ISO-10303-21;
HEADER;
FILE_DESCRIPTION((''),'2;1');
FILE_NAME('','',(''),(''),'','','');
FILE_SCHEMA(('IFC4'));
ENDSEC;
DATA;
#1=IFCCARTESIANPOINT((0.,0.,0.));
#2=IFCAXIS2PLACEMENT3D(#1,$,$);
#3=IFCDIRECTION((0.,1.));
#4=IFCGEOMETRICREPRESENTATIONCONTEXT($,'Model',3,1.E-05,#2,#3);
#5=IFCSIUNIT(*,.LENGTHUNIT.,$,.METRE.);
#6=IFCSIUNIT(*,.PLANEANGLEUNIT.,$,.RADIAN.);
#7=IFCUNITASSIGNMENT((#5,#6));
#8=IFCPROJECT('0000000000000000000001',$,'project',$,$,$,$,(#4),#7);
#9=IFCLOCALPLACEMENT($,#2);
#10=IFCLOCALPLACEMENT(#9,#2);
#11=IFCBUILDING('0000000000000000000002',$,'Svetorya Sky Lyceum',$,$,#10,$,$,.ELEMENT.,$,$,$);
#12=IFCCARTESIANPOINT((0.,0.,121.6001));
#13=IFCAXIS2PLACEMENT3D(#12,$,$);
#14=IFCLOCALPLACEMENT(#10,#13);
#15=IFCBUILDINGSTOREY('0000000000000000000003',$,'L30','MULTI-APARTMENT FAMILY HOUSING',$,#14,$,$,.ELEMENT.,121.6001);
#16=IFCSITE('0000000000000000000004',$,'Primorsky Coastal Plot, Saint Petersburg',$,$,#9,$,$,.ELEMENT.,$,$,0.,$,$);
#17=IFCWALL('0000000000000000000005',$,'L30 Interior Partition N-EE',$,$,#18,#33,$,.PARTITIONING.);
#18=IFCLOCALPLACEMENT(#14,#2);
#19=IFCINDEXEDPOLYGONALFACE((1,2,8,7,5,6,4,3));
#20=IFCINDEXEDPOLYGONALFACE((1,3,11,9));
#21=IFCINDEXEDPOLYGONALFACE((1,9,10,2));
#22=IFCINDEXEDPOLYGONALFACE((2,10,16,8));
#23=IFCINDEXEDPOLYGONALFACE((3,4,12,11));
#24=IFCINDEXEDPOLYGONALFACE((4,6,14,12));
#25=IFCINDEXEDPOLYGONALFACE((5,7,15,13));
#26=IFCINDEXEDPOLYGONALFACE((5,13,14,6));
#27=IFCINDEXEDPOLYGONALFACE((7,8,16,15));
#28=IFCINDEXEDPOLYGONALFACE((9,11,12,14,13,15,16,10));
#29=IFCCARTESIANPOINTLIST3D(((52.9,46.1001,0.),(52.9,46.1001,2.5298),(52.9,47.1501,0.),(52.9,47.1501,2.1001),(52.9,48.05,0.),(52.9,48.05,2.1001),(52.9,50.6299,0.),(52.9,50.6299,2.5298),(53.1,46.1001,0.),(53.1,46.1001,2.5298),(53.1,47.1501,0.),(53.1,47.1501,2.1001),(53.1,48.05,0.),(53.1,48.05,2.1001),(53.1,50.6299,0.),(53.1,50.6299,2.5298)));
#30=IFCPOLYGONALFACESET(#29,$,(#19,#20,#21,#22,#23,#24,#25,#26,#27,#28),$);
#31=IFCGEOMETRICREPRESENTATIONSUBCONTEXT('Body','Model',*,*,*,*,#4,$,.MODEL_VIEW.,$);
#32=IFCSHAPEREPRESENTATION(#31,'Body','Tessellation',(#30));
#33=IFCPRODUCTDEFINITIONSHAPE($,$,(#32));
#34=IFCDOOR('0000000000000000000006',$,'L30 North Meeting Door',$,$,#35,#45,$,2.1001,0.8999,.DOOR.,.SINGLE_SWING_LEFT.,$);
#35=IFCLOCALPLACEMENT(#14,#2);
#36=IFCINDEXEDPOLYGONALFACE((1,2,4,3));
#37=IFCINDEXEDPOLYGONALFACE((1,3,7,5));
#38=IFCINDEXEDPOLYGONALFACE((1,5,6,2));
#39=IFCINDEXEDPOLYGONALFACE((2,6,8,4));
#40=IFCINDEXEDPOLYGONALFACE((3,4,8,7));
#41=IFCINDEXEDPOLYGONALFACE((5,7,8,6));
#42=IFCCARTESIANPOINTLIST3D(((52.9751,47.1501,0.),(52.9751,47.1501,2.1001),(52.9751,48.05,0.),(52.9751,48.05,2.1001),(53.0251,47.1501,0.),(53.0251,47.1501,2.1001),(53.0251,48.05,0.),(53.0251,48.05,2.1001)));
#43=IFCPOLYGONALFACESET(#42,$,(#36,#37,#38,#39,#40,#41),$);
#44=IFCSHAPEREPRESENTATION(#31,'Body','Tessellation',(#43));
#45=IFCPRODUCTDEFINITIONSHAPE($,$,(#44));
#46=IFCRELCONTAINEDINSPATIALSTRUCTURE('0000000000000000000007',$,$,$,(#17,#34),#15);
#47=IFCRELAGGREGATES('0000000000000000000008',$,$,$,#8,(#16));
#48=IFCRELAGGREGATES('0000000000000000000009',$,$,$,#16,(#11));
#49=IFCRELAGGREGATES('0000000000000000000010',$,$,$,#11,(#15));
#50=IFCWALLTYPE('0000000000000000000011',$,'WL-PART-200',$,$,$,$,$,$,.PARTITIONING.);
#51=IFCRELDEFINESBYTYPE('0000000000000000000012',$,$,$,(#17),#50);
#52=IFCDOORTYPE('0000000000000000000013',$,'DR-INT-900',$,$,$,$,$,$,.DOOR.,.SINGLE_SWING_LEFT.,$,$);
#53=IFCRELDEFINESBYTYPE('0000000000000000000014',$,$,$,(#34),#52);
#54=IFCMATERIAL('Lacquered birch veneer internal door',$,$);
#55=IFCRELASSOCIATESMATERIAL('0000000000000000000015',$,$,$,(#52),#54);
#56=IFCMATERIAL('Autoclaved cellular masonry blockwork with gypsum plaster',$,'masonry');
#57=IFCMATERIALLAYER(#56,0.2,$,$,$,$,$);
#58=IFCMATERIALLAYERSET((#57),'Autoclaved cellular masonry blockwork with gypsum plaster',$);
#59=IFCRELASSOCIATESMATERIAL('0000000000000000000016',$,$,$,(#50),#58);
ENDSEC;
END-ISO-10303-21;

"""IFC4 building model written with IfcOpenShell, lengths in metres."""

from ifc_helpers import new_model, si_unit, direction, frame, frame_2d, origin, place, context, subcontext, project, spatial, rectangle, extrude, material, layer, layer_set, type_object, element, fill, save


model = new_model("IFC4")

# Units and contexts
model_context = context("Model", 3, precision=1e-05, world=origin(), true_north=direction((0.0, 1.0)))
body_context = subcontext(model_context, "Body", "Model", "MODEL_VIEW")
ifc_project = project(units=[si_unit("LENGTHUNIT", "METRE"), si_unit("PLANEANGLEUNIT", "RADIAN")], contexts=[model_context])

# Site, building, storey
site_placement = place(None, origin())
site = spatial("IfcSite", under=ifc_project, at=site_placement, Name="Primorsky Coastal Plot, Saint Petersburg", CompositionType="ELEMENT", RefElevation=0.0)
building_placement = place(site_placement, origin())
building = spatial("IfcBuilding", under=site, at=building_placement, Name="Svetorya Sky Lyceum", CompositionType="ELEMENT")
storey_placement = place(building_placement, frame((0.0, 0.0, 121.6001)))
storey = spatial("IfcBuildingStorey", under=building, at=storey_placement, Name="L30", Description="MULTI-APARTMENT FAMILY HOUSING", CompositionType="ELEMENT", Elevation=121.6001)

# Shared definitions
ifc_material_1 = material(Name="Lacquered birch veneer internal door")
door_type = type_object("IfcDoorType", Name="DR-INT-900", OperationType="SINGLE_SWING_LEFT", PredefinedType="DOOR", material=ifc_material_1)

# Shared definitions
ifc_material_2 = material(Name="Autoclaved cellular masonry blockwork with gypsum plaster", Category="masonry")
ifc_layer_1 = layer(ifc_material_2, 0.2)
ifc_layer_set_1 = layer_set([ifc_layer_1], Name="Autoclaved cellular masonry blockwork with gypsum plaster")
wall_type_1 = type_object("IfcWallType", Name="WL-PART-200", PredefinedType="PARTITIONING", material=ifc_layer_set_1)

# Wall, opening, door
wall_1_placement = place(storey_placement, frame((53.0, 46.1001, 0.0), z_axis=(0.0, 0.0, 1.0), x_axis=(0.0, 1.0, 0.0)))
wall_1 = element("IfcWall", 1, at=wall_1_placement, inside=storey, type_object=wall_type_1, Name="L30 Interior Partition N-EE", PredefinedType="PARTITIONING", context=body_context, shape_type="SweptSolid", body=[
    extrude(rectangle(XDim=4.5298, YDim=0.2, at=frame_2d((2.2649, 0.0))), origin(), (0.0, 0.0, 1.0), 2.5298),
])
opening_1_placement = place(wall_1_placement, frame((1.05, 0.0, 0.0)))
opening_1 = element("IfcOpeningElement", 2, at=opening_1_placement, cuts=wall_1, PredefinedType="OPENING", context=body_context, shape_type="SweptSolid", body=[
    extrude(rectangle(XDim=0.8999, YDim=2.1001, at=frame_2d((0.45, 1.05))), frame((0.0, 0.1099, 0.0), z_axis=(0.0, -1.0, 0.0), x_axis=(1.0, 0.0, 0.0)), (0.0, 0.0, 1.0), 0.22),
])
door_1_placement = place(opening_1_placement, origin())
door_1 = element("IfcDoor", 3, at=door_1_placement, inside=storey, type_object=door_type, Name="L30 North Meeting Door", OperationType="SINGLE_SWING_LEFT", OverallHeight=2.1001, OverallWidth=0.8999, PredefinedType="DOOR", context=body_context, shape_type="SweptSolid", body=[
    extrude(rectangle(XDim=0.8999, YDim=2.1001, at=frame_2d((0.45, 1.05))), frame((0.0, 0.0249, 0.0), z_axis=(0.0, -1.0, 0.0), x_axis=(1.0, 0.0, 0.0)), (0.0, 0.0, 1.0), 0.05),
])
fill(opening_1, door_1)

save(model, "model.ifc")
